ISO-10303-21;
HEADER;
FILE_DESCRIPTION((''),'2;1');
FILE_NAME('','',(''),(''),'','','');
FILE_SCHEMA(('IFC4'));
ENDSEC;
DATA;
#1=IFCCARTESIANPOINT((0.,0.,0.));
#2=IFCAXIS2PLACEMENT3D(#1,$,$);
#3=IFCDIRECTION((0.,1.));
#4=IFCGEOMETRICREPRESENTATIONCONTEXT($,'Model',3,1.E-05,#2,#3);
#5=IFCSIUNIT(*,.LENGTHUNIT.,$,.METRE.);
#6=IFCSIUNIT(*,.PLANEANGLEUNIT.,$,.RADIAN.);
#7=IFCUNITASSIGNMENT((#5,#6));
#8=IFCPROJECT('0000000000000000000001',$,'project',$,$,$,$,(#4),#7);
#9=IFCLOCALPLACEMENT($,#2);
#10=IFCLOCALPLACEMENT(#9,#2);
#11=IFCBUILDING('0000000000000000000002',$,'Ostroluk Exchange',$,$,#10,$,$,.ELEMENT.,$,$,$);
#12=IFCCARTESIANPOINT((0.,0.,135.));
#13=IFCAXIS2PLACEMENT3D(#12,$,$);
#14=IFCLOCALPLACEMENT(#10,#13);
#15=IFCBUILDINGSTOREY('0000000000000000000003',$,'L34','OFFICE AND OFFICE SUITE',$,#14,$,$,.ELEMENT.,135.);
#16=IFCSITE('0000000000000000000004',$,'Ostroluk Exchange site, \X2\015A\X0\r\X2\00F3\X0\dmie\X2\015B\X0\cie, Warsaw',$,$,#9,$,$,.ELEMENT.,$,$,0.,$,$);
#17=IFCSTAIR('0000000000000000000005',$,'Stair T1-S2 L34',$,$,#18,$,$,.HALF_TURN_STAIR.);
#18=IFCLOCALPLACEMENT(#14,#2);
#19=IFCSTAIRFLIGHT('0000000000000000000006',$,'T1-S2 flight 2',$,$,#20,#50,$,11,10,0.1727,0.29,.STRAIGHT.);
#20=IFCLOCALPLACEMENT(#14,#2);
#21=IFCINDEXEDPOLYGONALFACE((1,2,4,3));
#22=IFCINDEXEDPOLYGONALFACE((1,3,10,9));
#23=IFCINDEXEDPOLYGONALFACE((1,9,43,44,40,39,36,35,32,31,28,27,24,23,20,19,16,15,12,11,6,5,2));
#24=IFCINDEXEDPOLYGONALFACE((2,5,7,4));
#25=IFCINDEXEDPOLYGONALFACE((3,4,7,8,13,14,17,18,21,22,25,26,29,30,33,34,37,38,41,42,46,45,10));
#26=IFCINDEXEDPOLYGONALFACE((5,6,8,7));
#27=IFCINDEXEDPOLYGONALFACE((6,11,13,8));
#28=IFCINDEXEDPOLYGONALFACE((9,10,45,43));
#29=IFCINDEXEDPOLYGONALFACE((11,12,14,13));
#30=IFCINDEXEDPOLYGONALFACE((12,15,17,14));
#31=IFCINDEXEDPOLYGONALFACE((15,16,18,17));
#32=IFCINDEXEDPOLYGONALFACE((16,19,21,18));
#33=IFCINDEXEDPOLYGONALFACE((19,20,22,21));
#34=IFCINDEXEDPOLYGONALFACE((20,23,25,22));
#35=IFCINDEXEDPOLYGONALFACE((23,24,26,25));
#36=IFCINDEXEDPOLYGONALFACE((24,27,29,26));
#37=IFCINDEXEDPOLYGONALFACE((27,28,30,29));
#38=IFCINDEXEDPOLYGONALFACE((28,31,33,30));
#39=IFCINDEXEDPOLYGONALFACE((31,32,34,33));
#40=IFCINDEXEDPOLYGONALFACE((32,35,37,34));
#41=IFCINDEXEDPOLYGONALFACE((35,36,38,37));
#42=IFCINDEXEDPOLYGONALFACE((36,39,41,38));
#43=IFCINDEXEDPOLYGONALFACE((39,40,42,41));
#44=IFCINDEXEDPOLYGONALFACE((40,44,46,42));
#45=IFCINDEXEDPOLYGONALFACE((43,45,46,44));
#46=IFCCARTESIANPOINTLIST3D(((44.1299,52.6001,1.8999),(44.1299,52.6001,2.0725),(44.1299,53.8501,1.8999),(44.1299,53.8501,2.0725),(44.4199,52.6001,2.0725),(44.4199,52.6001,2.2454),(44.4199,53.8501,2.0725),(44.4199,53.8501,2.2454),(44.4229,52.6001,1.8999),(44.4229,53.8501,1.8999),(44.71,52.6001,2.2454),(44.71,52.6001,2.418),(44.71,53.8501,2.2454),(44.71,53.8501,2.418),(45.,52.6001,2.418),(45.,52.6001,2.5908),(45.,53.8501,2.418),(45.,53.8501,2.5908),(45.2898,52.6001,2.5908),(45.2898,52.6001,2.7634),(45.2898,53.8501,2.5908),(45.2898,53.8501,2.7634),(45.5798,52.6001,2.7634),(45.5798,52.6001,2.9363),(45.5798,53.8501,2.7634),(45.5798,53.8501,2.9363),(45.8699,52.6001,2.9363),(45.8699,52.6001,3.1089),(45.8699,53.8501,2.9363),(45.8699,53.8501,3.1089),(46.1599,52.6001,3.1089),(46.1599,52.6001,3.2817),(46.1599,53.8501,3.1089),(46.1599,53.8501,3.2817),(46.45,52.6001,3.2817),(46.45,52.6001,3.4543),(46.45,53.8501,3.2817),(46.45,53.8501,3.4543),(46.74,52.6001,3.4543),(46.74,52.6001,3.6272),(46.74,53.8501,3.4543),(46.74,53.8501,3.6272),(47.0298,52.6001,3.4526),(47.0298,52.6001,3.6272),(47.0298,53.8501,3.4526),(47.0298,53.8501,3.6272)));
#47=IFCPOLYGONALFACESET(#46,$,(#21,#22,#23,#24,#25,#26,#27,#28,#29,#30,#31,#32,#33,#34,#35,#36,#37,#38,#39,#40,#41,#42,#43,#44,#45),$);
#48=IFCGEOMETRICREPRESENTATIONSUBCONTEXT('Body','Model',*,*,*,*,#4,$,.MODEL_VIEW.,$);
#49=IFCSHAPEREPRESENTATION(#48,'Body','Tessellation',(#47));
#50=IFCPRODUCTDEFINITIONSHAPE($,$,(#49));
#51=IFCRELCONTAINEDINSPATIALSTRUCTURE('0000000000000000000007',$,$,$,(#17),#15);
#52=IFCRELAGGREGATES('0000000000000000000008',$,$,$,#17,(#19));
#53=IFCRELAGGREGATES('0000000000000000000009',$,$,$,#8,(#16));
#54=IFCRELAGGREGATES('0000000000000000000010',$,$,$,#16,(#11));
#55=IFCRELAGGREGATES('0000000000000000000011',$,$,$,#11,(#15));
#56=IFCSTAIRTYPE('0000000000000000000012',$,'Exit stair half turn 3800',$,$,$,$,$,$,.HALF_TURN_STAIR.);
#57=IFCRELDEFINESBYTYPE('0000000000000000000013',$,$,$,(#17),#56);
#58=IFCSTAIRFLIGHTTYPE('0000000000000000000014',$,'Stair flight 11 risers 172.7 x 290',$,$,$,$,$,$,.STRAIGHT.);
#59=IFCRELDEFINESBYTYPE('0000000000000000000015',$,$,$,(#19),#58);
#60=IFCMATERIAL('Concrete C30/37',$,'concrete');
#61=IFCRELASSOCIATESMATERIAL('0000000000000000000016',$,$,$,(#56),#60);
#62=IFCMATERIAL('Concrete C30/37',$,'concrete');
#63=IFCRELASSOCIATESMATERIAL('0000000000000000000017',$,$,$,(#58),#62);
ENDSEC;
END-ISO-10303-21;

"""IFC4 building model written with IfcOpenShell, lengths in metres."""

from ifc_helpers import new_model, si_unit, direction, frame, origin, place, context, subcontext, project, spatial, polyline, outline, extrude, material, type_object, element, aggregate, save


model = new_model("IFC4")

# Units and contexts
model_context = context("Model", 3, precision=1e-05, world=origin(), true_north=direction((0.0, 1.0)))
body_context = subcontext(model_context, "Body", "Model", "MODEL_VIEW")
ifc_project = project(units=[si_unit("LENGTHUNIT", "METRE"), si_unit("PLANEANGLEUNIT", "RADIAN")], contexts=[model_context])

# Site, building, storey
site_placement = place(None, origin())
site = spatial("IfcSite", under=ifc_project, at=site_placement, Name="Ostroluk Exchange site, Śródmieście, Warsaw", CompositionType="ELEMENT", RefElevation=0.0)
building_placement = place(site_placement, origin())
building = spatial("IfcBuilding", under=site, at=building_placement, Name="Ostroluk Exchange", CompositionType="ELEMENT")
storey_placement = place(building_placement, frame((0.0, 0.0, 135.0)))
storey = spatial("IfcBuildingStorey", under=building, at=storey_placement, Name="L34", Description="OFFICE AND OFFICE SUITE", CompositionType="ELEMENT", Elevation=135.0)

# Stair, stair flight
ifc_material_1 = material(Name="Concrete C30/37", Category="concrete")
stair_type = type_object("IfcStairType", Name="Exit stair half turn 3800", PredefinedType="HALF_TURN_STAIR", material=ifc_material_1)
stair_placement = place(storey_placement, origin())
stair = element("IfcStair", 1, at=stair_placement, inside=storey, type_object=stair_type, Name="Stair T1-S2 L34", PredefinedType="HALF_TURN_STAIR")
ifc_material_2 = material(Name="Concrete C30/37", Category="concrete")
stair_flight_type = type_object("IfcStairFlightType", Name="Stair flight 11 risers 172.7 x 290", PredefinedType="STRAIGHT", material=ifc_material_2)
stair_flight_1_placement = place(storey_placement, frame((44.1299, 53.2251, 1.8999), z_axis=(0.0, 0.0, 1.0), x_axis=(1.0, 0.0, 0.0)))
stair_flight_1 = element("IfcStairFlight", 2, at=stair_flight_1_placement, type_object=stair_flight_type, Name="T1-S2 flight 2", NumberOfRisers=11, NumberOfTreads=10, PredefinedType="STRAIGHT", RiserHeight=0.1727, TreadLength=0.29, context=body_context, shape_type="SweptSolid", body=[
    extrude(outline(polyline([(0.0, 0.0), (0.0, 0.1726), (0.29, 0.1726), (0.29, 0.3455), (0.5801, 0.3455), (0.5801, 0.5181), (0.8701, 0.5181), (0.8701, 0.6909), (1.1599, 0.6909), (1.1599, 0.8635), (1.45, 0.8635), (1.45, 1.0364), (1.74, 1.0364), (1.74, 1.209), (2.03, 1.209), (2.03, 1.3818), (2.3201, 1.3818), (2.3201, 1.5544), (2.6101, 1.5544), (2.6101, 1.7273), (2.8999, 1.7273), (2.8999, 1.8999), (2.8999, 1.5527), (0.293, 0.0), (0.0, 0.0)])), frame((0.0, 0.625, 0.0), z_axis=(0.0, -1.0, 0.0), x_axis=(1.0, 0.0, 0.0)), (0.0, 0.0, 1.0), 1.25),
])
aggregate(stair, [stair_flight_1])

save(model, "model.ifc")
